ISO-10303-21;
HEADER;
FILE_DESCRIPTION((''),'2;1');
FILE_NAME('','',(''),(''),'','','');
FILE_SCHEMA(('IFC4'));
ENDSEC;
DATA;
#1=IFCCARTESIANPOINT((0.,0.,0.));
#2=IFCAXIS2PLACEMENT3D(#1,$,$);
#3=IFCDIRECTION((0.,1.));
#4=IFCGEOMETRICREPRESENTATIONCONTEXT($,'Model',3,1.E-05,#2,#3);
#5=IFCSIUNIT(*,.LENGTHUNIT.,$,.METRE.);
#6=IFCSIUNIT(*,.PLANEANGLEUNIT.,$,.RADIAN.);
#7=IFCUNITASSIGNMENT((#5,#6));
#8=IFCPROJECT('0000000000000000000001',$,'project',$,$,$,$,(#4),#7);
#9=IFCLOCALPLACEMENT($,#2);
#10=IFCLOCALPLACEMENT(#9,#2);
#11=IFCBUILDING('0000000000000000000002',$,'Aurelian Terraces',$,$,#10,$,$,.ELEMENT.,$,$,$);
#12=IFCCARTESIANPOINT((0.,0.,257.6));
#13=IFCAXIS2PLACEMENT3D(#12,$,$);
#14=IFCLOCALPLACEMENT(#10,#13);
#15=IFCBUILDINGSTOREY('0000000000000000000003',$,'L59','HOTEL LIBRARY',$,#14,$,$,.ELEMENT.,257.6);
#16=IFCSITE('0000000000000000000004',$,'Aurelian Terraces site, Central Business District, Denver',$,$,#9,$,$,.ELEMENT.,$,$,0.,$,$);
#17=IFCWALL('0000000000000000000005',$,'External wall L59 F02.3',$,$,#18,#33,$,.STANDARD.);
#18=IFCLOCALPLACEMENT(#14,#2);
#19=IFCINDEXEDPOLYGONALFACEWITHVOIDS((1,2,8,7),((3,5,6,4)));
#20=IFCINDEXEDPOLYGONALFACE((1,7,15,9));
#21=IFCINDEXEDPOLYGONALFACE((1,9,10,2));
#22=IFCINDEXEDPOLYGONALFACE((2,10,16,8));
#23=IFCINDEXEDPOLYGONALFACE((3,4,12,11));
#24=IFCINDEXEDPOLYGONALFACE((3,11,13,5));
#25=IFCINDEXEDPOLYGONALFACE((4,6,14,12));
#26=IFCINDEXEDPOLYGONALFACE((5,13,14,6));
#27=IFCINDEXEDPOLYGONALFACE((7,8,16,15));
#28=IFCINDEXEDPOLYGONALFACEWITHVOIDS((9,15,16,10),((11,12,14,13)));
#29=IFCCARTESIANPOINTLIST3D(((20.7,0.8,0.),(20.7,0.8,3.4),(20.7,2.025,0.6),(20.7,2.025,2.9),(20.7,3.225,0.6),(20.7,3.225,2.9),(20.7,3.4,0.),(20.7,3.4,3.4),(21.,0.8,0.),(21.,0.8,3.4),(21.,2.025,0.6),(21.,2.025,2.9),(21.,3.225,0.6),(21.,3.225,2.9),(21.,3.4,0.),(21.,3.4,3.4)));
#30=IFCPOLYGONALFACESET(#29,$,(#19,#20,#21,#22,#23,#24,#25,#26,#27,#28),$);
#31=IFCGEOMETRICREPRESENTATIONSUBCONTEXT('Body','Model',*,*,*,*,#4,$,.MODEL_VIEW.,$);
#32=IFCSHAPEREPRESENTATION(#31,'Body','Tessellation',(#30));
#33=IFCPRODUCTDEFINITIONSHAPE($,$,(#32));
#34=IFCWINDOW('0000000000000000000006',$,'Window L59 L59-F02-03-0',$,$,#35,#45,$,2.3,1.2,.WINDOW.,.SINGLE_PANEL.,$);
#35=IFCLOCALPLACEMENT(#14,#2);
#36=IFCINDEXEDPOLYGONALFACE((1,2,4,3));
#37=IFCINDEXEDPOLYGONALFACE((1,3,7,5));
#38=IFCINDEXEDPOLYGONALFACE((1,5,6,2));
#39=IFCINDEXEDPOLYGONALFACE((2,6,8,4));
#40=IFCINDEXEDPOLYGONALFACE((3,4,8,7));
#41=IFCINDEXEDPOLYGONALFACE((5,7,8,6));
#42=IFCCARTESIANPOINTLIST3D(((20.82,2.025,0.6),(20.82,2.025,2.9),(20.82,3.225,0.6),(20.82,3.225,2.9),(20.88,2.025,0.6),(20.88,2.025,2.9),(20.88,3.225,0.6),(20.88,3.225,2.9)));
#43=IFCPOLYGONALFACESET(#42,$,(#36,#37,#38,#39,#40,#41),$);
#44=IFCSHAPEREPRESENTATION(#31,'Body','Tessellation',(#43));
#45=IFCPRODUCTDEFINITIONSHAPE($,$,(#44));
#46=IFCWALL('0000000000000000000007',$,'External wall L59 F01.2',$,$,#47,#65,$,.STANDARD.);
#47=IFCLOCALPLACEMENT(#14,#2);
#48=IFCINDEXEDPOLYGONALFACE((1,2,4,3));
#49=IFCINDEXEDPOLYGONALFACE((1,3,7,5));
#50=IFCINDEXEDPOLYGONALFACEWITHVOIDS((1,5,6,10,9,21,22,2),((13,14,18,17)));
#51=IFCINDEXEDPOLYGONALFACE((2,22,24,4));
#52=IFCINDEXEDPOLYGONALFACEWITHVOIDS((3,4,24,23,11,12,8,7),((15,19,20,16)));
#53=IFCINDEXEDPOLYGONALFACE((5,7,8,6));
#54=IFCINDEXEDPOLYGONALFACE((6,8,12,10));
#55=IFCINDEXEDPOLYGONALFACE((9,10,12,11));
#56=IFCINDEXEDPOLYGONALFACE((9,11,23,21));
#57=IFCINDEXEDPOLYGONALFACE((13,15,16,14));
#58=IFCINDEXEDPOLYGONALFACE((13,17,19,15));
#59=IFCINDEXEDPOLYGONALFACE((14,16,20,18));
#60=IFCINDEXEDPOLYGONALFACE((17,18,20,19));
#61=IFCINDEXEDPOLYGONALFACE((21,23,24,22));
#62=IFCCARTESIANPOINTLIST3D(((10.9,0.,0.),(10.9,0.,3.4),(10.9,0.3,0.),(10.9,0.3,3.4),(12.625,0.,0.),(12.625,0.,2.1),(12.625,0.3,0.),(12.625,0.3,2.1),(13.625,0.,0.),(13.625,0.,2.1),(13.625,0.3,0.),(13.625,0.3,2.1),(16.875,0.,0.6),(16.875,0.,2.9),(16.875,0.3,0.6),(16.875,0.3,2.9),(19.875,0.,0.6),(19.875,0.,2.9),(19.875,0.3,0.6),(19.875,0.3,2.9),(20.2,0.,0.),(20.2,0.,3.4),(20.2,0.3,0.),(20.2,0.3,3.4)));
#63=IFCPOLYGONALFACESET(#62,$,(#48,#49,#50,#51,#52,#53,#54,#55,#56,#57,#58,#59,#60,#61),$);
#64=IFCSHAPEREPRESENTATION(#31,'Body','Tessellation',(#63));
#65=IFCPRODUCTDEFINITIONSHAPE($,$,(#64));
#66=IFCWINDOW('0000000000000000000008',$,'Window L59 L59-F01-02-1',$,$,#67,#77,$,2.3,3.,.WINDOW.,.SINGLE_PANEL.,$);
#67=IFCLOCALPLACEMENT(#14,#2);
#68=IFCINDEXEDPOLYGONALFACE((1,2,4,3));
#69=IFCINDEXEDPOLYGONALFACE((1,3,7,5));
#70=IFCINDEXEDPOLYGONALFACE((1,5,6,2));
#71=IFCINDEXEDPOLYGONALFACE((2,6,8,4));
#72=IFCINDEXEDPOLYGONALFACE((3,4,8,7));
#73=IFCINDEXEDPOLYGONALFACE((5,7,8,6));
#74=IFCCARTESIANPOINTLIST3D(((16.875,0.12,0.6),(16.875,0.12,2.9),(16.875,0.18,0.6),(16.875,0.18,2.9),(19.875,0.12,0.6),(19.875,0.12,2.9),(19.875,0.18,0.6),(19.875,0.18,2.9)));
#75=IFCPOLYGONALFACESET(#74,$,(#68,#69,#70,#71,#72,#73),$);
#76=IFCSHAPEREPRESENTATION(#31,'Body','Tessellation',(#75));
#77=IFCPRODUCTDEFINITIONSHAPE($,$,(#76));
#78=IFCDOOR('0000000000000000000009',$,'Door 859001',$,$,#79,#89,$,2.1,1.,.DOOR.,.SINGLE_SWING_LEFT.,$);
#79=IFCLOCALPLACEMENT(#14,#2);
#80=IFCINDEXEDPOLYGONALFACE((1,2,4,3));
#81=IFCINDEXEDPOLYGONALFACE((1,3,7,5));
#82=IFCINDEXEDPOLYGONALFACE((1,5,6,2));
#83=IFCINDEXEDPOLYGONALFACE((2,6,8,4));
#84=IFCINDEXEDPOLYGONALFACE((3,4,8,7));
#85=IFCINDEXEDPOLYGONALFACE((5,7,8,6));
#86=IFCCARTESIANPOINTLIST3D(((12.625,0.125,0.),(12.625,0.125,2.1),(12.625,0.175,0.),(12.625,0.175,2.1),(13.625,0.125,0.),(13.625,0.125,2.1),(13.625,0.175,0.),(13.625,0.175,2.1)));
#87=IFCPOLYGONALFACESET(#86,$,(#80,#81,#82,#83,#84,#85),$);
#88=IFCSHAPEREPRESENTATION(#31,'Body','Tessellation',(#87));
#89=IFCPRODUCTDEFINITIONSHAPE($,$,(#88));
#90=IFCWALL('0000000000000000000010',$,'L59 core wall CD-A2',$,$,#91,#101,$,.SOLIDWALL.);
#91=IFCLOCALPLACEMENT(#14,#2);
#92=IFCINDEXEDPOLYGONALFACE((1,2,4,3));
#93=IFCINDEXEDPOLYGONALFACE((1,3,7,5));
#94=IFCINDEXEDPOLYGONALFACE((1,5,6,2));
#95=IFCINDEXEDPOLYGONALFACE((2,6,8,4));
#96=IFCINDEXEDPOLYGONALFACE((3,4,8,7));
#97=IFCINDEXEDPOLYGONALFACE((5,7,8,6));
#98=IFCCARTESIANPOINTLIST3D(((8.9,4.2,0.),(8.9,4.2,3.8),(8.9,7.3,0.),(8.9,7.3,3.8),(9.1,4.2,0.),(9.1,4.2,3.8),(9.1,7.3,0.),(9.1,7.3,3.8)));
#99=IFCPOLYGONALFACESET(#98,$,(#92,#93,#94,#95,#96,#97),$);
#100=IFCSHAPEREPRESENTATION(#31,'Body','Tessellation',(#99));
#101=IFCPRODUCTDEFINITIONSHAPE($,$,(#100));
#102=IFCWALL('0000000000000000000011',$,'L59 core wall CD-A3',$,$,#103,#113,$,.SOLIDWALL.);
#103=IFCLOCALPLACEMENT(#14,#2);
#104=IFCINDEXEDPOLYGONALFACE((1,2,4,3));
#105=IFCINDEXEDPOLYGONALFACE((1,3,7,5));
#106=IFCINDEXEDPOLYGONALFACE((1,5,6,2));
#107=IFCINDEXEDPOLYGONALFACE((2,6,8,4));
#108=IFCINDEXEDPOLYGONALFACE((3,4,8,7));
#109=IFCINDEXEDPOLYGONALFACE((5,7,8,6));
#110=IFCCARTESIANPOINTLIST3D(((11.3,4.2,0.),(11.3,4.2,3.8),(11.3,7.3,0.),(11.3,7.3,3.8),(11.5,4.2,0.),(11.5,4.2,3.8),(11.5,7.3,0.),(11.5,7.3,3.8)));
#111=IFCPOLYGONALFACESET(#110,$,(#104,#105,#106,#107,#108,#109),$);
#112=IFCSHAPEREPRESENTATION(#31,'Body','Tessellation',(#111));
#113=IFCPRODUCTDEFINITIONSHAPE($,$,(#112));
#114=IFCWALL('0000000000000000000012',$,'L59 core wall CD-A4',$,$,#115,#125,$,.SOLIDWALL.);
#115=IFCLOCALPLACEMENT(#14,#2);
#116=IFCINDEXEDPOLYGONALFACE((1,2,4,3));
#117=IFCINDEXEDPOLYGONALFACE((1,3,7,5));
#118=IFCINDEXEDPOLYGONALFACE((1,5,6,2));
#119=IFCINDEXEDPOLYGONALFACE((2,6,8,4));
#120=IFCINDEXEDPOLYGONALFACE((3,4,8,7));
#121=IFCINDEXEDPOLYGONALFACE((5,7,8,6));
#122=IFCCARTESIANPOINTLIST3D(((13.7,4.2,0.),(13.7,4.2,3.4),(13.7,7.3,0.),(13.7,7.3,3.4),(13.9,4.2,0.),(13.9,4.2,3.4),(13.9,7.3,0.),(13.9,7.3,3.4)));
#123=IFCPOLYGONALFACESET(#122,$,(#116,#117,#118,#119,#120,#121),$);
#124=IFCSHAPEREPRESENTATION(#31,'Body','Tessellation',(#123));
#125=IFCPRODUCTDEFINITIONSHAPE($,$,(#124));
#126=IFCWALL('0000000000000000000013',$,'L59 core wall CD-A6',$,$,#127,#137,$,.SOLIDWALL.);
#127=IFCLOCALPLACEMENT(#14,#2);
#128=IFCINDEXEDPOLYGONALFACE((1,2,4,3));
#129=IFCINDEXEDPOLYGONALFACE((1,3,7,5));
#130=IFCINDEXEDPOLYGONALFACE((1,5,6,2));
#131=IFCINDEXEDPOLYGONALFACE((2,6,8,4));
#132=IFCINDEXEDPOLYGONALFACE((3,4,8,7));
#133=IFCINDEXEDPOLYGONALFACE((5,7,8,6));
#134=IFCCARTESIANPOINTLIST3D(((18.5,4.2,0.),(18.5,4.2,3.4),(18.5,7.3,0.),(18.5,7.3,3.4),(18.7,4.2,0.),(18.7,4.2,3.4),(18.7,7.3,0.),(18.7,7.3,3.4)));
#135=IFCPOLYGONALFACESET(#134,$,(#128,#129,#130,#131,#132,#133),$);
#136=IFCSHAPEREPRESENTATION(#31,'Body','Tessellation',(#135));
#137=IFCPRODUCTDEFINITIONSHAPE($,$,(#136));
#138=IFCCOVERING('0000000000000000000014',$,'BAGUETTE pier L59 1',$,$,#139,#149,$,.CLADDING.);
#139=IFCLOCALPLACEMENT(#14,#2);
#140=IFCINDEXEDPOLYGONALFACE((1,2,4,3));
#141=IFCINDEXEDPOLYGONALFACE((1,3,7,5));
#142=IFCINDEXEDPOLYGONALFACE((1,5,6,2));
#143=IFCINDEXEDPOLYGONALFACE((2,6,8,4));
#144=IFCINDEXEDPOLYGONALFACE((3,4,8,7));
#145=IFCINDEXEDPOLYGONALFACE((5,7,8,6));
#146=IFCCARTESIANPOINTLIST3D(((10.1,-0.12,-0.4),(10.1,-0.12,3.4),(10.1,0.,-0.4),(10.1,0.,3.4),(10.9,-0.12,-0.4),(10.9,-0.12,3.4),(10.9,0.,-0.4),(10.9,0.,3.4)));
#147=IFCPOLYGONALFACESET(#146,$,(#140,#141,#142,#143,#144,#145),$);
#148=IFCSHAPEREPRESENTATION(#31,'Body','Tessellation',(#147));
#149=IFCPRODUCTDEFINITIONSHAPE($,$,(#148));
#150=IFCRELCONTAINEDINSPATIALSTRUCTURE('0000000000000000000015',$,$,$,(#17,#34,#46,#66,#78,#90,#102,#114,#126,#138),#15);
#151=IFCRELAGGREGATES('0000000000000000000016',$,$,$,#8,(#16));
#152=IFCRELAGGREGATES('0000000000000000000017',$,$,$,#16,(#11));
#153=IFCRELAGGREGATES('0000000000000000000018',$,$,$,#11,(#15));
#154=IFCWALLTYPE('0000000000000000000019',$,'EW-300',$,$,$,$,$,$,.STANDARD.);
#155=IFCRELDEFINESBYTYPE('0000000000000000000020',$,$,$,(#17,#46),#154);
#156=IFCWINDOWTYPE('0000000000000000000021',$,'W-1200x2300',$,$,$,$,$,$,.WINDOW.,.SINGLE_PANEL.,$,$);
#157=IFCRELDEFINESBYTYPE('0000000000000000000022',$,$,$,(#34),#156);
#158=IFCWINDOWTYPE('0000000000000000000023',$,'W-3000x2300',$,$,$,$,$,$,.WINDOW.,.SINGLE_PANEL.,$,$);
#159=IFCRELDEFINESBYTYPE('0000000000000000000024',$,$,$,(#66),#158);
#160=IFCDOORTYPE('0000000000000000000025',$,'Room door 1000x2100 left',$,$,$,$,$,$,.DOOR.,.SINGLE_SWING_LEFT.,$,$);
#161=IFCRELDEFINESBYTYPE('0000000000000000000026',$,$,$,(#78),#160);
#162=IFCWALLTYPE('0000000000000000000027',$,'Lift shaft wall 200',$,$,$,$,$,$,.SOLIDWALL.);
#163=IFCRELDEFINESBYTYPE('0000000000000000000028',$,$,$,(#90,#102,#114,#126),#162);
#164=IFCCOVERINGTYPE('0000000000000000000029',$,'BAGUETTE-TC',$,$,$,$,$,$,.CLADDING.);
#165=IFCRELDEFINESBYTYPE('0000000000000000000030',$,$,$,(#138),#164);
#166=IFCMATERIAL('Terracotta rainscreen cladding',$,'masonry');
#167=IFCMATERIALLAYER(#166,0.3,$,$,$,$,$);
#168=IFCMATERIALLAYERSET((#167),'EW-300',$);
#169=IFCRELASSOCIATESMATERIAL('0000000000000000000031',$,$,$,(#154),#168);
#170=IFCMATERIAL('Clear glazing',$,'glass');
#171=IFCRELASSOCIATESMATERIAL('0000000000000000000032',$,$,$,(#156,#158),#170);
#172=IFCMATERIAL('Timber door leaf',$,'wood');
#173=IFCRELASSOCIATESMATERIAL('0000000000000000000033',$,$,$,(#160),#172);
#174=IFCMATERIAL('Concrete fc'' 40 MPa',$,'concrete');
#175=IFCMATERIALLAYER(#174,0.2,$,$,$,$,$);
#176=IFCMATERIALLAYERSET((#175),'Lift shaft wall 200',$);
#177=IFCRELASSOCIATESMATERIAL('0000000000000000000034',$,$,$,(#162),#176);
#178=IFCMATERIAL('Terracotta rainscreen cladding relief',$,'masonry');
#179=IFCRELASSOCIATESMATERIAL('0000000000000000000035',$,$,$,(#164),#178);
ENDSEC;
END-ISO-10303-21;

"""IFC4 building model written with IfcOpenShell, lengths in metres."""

from ifc_helpers import new_model, si_unit, direction, frame, frame_2d, origin, origin_2d, place, context, subcontext, project, spatial, rectangle, extrude, source, transform, mapped, material, layer, layer_set, type_object, element, fill, save


model = new_model("IFC4")

# Units and contexts
model_context = context("Model", 3, precision=1e-05, world=origin(), true_north=direction((0.0, 1.0)))
body_context = subcontext(model_context, "Body", "Model", "MODEL_VIEW")
ifc_project = project(units=[si_unit("LENGTHUNIT", "METRE"), si_unit("PLANEANGLEUNIT", "RADIAN")], contexts=[model_context])

# Site, building, storey
site_placement = place(None, origin())
site = spatial("IfcSite", under=ifc_project, at=site_placement, Name="Aurelian Terraces site, Central Business District, Denver", CompositionType="ELEMENT", RefElevation=0.0)
building_placement = place(site_placement, origin())
building = spatial("IfcBuilding", under=site, at=building_placement, Name="Aurelian Terraces", CompositionType="ELEMENT")
storey_placement = place(building_placement, frame((0.0, 0.0, 257.6)))
storey = spatial("IfcBuildingStorey", under=building, at=storey_placement, Name="L59", Description="HOTEL LIBRARY", CompositionType="ELEMENT", Elevation=257.6)

# Shared definitions
ifc_material_1 = material(Name="Concrete fc' 40 MPa", Category="concrete")
ifc_material_2 = material(Name="Clear glazing", Category="glass")

# Shared definitions
ifc_material_3 = material(Name="Terracotta rainscreen cladding", Category="masonry")
ifc_layer_1 = layer(ifc_material_3, 0.3)
ifc_layer_set_1 = layer_set([ifc_layer_1], Name="EW-300")
wall_type_1 = type_object("IfcWallType", Name="EW-300", PredefinedType="STANDARD", material=ifc_layer_set_1)

# Wall, opening, window
shared_shape_1 = source(origin(), body_context, "Body", "SweptSolid", [
    extrude(rectangle(XDim=2.6, YDim=0.3, at=frame_2d((1.3, 0.0))), origin(), (0.0, 0.0, 1.0), 3.4),
])
wall_1_placement = place(storey_placement, frame((20.85, 0.8, 0.0), z_axis=(0.0, 0.0, 1.0), x_axis=(0.0, 1.0, 0.0)))
wall_1 = element("IfcWall", 1, at=wall_1_placement, inside=storey, type_object=wall_type_1, Name="External wall L59 F02.3", PredefinedType="STANDARD", context=body_context, shape_type="MappedRepresentation", body=[
    mapped(shared_shape_1, transform((0.0, 0.0, 0.0), scale=1.0)),
])
shared_shape_2 = source(origin(), body_context, "Body", "SweptSolid", [
    extrude(rectangle(XDim=1.2, YDim=2.3, at=frame_2d((0.6, 1.15))), frame((0.0, 0.16, 0.0), z_axis=(0.0, -1.0, 0.0), x_axis=(1.0, 0.0, 0.0)), (0.0, 0.0, 1.0), 0.32),
])
opening_1_placement = place(wall_1_placement, frame((1.225, 0.0, 0.6)))
opening_1 = element("IfcOpeningElement", 2, at=opening_1_placement, cuts=wall_1, PredefinedType="OPENING", context=body_context, shape_type="MappedRepresentation", body=[
    mapped(shared_shape_2, transform((0.0, 0.0, 0.0), scale=1.0)),
])
window_type_1 = type_object("IfcWindowType", Name="W-1200x2300", PartitioningType="SINGLE_PANEL", PredefinedType="WINDOW", material=ifc_material_2)
shared_shape_3 = source(origin(), body_context, "Body", "SweptSolid", [
    extrude(rectangle(XDim=1.2, YDim=2.3, at=frame_2d((0.6, 1.15))), frame((0.0, 0.03, 0.0), z_axis=(0.0, -1.0, 0.0), x_axis=(1.0, 0.0, 0.0)), (0.0, 0.0, 1.0), 0.06),
])
window_1_placement = place(opening_1_placement, origin())
window_1 = element("IfcWindow", 3, at=window_1_placement, inside=storey, type_object=window_type_1, Name="Window L59 L59-F02-03-0", OverallHeight=2.3, OverallWidth=1.2, PartitioningType="SINGLE_PANEL", PredefinedType="WINDOW", context=body_context, shape_type="MappedRepresentation", body=[
    mapped(shared_shape_3, transform((0.0, 0.0, 0.0), scale=1.0)),
])
fill(opening_1, window_1)

# Wall, openings, window, door
shared_shape_4 = source(origin(), body_context, "Body", "SweptSolid", [
    extrude(rectangle(XDim=9.3, YDim=0.3, at=frame_2d((4.65, 0.0))), origin(), (0.0, 0.0, 1.0), 3.4),
])
wall_2_placement = place(storey_placement, frame((10.9, 0.15, 0.0), z_axis=(0.0, 0.0, 1.0), x_axis=(1.0, 0.0, 0.0)))
wall_2 = element("IfcWall", 4, at=wall_2_placement, inside=storey, type_object=wall_type_1, Name="External wall L59 F01.2", PredefinedType="STANDARD", context=body_context, shape_type="MappedRepresentation", body=[
    mapped(shared_shape_4, transform((0.0, 0.0, 0.0), scale=1.0)),
])
shared_shape_5 = source(origin(), body_context, "Body", "SweptSolid", [
    extrude(rectangle(XDim=3.0, YDim=2.3, at=frame_2d((1.5, 1.15))), frame((0.0, 0.16, 0.0), z_axis=(0.0, -1.0, 0.0), x_axis=(1.0, 0.0, 0.0)), (0.0, 0.0, 1.0), 0.32),
])
opening_2_placement = place(wall_2_placement, frame((5.975, 0.0, 0.6)))
opening_2 = element("IfcOpeningElement", 5, at=opening_2_placement, cuts=wall_2, PredefinedType="OPENING", context=body_context, shape_type="MappedRepresentation", body=[
    mapped(shared_shape_5, transform((0.0, 0.0, 0.0), scale=1.0)),
])
shared_shape_6 = source(origin(), body_context, "Body", "SweptSolid", [
    extrude(rectangle(XDim=1.0, YDim=2.1, at=frame_2d((0.5, 1.05))), frame((0.0, 0.16, 0.0), z_axis=(0.0, -1.0, 0.0), x_axis=(1.0, 0.0, 0.0)), (0.0, 0.0, 1.0), 0.32),
])
opening_3_placement = place(wall_2_placement, frame((1.725, 0.0, 0.0)))
opening_3 = element("IfcOpeningElement", 6, at=opening_3_placement, cuts=wall_2, PredefinedType="OPENING", context=body_context, shape_type="MappedRepresentation", body=[
    mapped(shared_shape_6, transform((0.0, 0.0, 0.0), scale=1.0)),
])
window_type_2 = type_object("IfcWindowType", Name="W-3000x2300", PartitioningType="SINGLE_PANEL", PredefinedType="WINDOW", material=ifc_material_2)
shared_shape_7 = source(origin(), body_context, "Body", "SweptSolid", [
    extrude(rectangle(XDim=3.0, YDim=2.3, at=frame_2d((1.5, 1.15))), frame((0.0, 0.03, 0.0), z_axis=(0.0, -1.0, 0.0), x_axis=(1.0, 0.0, 0.0)), (0.0, 0.0, 1.0), 0.06),
])
window_2_placement = place(opening_2_placement, origin())
window_2 = element("IfcWindow", 7, at=window_2_placement, inside=storey, type_object=window_type_2, Name="Window L59 L59-F01-02-1", OverallHeight=2.3, OverallWidth=3.0, PartitioningType="SINGLE_PANEL", PredefinedType="WINDOW", context=body_context, shape_type="MappedRepresentation", body=[
    mapped(shared_shape_7, transform((0.0, 0.0, 0.0), scale=1.0)),
])
fill(opening_2, window_2)
ifc_material_4 = material(Name="Timber door leaf", Category="wood")
door_type = type_object("IfcDoorType", Name="Room door 1000x2100 left", OperationType="SINGLE_SWING_LEFT", PredefinedType="DOOR", material=ifc_material_4)
shared_shape_8 = source(origin(), body_context, "Body", "SweptSolid", [
    extrude(rectangle(XDim=1.0, YDim=2.1, at=frame_2d((0.5, 1.05))), frame((0.0, 0.025, 0.0), z_axis=(0.0, -1.0, 0.0), x_axis=(1.0, 0.0, 0.0)), (0.0, 0.0, 1.0), 0.05),
])
door_placement = place(opening_3_placement, origin())
door = element("IfcDoor", 8, at=door_placement, inside=storey, type_object=door_type, Name="Door 859001", OperationType="SINGLE_SWING_LEFT", OverallHeight=2.1, OverallWidth=1.0, PredefinedType="DOOR", context=body_context, shape_type="MappedRepresentation", body=[
    mapped(shared_shape_8, transform((0.0, 0.0, 0.0), scale=1.0)),
])
fill(opening_3, door)

# Walls
ifc_layer_2 = layer(ifc_material_1, 0.2)
ifc_layer_set_2 = layer_set([ifc_layer_2], Name="Lift shaft wall 200")
wall_type_2 = type_object("IfcWallType", Name="Lift shaft wall 200", PredefinedType="SOLIDWALL", material=ifc_layer_set_2)
shared_shape_9 = source(origin(), body_context, "Body", "SweptSolid", [
    extrude(rectangle(XDim=3.1, YDim=0.2, at=frame_2d((1.55, 0.0))), origin(), (0.0, 0.0, 1.0), 3.8),
])
for number, where, z_axis, x_axis, name in (
    (9, (9.0, 4.2, 0.0), (0.0, 0.0, 1.0), (0.0, 1.0, 0.0), "L59 core wall CD-A2"),
    (10, (11.4, 4.2, 0.0), (0.0, 0.0, 1.0), (0.0, 1.0, 0.0), "L59 core wall CD-A3"),
):
    element("IfcWall", number, at=place(storey_placement, frame(where, z_axis=z_axis, x_axis=x_axis)), inside=storey, type_object=wall_type_2, Name=name, PredefinedType="SOLIDWALL", context=body_context, shape_type="MappedRepresentation", body=[
        mapped(shared_shape_9, transform((0.0, 0.0, 0.0), scale=1.0)),
    ])
shared_shape_10 = source(origin(), body_context, "Body", "SweptSolid", [
    extrude(rectangle(XDim=3.1, YDim=0.2, at=frame_2d((1.55, 0.0))), origin(), (0.0, 0.0, 1.0), 3.4),
])
for number, where, z_axis, x_axis, name in (
    (11, (13.8, 4.2, 0.0), (0.0, 0.0, 1.0), (0.0, 1.0, 0.0), "L59 core wall CD-A4"),
    (12, (18.6, 4.2, 0.0), (0.0, 0.0, 1.0), (0.0, 1.0, 0.0), "L59 core wall CD-A6"),
):
    element("IfcWall", number, at=place(storey_placement, frame(where, z_axis=z_axis, x_axis=x_axis)), inside=storey, type_object=wall_type_2, Name=name, PredefinedType="SOLIDWALL", context=body_context, shape_type="MappedRepresentation", body=[
        mapped(shared_shape_10, transform((0.0, 0.0, 0.0), scale=1.0)),
    ])

# Covering
ifc_material_5 = material(Name="Terracotta rainscreen cladding relief", Category="masonry")
covering_type = type_object("IfcCoveringType", Name="BAGUETTE-TC", PredefinedType="CLADDING", material=ifc_material_5)
shared_shape_11 = source(origin(), body_context, "Body", "SweptSolid", [
    extrude(rectangle(XDim=0.8, YDim=0.12, at=origin_2d()), origin(), (0.0, 0.0, 1.0), 3.8),
])
covering_placement = place(storey_placement, frame((10.5, -0.06, -0.4), z_axis=(0.0, 0.0, 1.0), x_axis=(1.0, 0.0, 0.0)))
element("IfcCovering", 13, at=covering_placement, inside=storey, type_object=covering_type, Name="BAGUETTE pier L59 1", PredefinedType="CLADDING", context=body_context, shape_type="MappedRepresentation", body=[
    mapped(shared_shape_11, transform((0.0, 0.0, 0.0), scale=1.0)),
])

save(model, "model.ifc")
